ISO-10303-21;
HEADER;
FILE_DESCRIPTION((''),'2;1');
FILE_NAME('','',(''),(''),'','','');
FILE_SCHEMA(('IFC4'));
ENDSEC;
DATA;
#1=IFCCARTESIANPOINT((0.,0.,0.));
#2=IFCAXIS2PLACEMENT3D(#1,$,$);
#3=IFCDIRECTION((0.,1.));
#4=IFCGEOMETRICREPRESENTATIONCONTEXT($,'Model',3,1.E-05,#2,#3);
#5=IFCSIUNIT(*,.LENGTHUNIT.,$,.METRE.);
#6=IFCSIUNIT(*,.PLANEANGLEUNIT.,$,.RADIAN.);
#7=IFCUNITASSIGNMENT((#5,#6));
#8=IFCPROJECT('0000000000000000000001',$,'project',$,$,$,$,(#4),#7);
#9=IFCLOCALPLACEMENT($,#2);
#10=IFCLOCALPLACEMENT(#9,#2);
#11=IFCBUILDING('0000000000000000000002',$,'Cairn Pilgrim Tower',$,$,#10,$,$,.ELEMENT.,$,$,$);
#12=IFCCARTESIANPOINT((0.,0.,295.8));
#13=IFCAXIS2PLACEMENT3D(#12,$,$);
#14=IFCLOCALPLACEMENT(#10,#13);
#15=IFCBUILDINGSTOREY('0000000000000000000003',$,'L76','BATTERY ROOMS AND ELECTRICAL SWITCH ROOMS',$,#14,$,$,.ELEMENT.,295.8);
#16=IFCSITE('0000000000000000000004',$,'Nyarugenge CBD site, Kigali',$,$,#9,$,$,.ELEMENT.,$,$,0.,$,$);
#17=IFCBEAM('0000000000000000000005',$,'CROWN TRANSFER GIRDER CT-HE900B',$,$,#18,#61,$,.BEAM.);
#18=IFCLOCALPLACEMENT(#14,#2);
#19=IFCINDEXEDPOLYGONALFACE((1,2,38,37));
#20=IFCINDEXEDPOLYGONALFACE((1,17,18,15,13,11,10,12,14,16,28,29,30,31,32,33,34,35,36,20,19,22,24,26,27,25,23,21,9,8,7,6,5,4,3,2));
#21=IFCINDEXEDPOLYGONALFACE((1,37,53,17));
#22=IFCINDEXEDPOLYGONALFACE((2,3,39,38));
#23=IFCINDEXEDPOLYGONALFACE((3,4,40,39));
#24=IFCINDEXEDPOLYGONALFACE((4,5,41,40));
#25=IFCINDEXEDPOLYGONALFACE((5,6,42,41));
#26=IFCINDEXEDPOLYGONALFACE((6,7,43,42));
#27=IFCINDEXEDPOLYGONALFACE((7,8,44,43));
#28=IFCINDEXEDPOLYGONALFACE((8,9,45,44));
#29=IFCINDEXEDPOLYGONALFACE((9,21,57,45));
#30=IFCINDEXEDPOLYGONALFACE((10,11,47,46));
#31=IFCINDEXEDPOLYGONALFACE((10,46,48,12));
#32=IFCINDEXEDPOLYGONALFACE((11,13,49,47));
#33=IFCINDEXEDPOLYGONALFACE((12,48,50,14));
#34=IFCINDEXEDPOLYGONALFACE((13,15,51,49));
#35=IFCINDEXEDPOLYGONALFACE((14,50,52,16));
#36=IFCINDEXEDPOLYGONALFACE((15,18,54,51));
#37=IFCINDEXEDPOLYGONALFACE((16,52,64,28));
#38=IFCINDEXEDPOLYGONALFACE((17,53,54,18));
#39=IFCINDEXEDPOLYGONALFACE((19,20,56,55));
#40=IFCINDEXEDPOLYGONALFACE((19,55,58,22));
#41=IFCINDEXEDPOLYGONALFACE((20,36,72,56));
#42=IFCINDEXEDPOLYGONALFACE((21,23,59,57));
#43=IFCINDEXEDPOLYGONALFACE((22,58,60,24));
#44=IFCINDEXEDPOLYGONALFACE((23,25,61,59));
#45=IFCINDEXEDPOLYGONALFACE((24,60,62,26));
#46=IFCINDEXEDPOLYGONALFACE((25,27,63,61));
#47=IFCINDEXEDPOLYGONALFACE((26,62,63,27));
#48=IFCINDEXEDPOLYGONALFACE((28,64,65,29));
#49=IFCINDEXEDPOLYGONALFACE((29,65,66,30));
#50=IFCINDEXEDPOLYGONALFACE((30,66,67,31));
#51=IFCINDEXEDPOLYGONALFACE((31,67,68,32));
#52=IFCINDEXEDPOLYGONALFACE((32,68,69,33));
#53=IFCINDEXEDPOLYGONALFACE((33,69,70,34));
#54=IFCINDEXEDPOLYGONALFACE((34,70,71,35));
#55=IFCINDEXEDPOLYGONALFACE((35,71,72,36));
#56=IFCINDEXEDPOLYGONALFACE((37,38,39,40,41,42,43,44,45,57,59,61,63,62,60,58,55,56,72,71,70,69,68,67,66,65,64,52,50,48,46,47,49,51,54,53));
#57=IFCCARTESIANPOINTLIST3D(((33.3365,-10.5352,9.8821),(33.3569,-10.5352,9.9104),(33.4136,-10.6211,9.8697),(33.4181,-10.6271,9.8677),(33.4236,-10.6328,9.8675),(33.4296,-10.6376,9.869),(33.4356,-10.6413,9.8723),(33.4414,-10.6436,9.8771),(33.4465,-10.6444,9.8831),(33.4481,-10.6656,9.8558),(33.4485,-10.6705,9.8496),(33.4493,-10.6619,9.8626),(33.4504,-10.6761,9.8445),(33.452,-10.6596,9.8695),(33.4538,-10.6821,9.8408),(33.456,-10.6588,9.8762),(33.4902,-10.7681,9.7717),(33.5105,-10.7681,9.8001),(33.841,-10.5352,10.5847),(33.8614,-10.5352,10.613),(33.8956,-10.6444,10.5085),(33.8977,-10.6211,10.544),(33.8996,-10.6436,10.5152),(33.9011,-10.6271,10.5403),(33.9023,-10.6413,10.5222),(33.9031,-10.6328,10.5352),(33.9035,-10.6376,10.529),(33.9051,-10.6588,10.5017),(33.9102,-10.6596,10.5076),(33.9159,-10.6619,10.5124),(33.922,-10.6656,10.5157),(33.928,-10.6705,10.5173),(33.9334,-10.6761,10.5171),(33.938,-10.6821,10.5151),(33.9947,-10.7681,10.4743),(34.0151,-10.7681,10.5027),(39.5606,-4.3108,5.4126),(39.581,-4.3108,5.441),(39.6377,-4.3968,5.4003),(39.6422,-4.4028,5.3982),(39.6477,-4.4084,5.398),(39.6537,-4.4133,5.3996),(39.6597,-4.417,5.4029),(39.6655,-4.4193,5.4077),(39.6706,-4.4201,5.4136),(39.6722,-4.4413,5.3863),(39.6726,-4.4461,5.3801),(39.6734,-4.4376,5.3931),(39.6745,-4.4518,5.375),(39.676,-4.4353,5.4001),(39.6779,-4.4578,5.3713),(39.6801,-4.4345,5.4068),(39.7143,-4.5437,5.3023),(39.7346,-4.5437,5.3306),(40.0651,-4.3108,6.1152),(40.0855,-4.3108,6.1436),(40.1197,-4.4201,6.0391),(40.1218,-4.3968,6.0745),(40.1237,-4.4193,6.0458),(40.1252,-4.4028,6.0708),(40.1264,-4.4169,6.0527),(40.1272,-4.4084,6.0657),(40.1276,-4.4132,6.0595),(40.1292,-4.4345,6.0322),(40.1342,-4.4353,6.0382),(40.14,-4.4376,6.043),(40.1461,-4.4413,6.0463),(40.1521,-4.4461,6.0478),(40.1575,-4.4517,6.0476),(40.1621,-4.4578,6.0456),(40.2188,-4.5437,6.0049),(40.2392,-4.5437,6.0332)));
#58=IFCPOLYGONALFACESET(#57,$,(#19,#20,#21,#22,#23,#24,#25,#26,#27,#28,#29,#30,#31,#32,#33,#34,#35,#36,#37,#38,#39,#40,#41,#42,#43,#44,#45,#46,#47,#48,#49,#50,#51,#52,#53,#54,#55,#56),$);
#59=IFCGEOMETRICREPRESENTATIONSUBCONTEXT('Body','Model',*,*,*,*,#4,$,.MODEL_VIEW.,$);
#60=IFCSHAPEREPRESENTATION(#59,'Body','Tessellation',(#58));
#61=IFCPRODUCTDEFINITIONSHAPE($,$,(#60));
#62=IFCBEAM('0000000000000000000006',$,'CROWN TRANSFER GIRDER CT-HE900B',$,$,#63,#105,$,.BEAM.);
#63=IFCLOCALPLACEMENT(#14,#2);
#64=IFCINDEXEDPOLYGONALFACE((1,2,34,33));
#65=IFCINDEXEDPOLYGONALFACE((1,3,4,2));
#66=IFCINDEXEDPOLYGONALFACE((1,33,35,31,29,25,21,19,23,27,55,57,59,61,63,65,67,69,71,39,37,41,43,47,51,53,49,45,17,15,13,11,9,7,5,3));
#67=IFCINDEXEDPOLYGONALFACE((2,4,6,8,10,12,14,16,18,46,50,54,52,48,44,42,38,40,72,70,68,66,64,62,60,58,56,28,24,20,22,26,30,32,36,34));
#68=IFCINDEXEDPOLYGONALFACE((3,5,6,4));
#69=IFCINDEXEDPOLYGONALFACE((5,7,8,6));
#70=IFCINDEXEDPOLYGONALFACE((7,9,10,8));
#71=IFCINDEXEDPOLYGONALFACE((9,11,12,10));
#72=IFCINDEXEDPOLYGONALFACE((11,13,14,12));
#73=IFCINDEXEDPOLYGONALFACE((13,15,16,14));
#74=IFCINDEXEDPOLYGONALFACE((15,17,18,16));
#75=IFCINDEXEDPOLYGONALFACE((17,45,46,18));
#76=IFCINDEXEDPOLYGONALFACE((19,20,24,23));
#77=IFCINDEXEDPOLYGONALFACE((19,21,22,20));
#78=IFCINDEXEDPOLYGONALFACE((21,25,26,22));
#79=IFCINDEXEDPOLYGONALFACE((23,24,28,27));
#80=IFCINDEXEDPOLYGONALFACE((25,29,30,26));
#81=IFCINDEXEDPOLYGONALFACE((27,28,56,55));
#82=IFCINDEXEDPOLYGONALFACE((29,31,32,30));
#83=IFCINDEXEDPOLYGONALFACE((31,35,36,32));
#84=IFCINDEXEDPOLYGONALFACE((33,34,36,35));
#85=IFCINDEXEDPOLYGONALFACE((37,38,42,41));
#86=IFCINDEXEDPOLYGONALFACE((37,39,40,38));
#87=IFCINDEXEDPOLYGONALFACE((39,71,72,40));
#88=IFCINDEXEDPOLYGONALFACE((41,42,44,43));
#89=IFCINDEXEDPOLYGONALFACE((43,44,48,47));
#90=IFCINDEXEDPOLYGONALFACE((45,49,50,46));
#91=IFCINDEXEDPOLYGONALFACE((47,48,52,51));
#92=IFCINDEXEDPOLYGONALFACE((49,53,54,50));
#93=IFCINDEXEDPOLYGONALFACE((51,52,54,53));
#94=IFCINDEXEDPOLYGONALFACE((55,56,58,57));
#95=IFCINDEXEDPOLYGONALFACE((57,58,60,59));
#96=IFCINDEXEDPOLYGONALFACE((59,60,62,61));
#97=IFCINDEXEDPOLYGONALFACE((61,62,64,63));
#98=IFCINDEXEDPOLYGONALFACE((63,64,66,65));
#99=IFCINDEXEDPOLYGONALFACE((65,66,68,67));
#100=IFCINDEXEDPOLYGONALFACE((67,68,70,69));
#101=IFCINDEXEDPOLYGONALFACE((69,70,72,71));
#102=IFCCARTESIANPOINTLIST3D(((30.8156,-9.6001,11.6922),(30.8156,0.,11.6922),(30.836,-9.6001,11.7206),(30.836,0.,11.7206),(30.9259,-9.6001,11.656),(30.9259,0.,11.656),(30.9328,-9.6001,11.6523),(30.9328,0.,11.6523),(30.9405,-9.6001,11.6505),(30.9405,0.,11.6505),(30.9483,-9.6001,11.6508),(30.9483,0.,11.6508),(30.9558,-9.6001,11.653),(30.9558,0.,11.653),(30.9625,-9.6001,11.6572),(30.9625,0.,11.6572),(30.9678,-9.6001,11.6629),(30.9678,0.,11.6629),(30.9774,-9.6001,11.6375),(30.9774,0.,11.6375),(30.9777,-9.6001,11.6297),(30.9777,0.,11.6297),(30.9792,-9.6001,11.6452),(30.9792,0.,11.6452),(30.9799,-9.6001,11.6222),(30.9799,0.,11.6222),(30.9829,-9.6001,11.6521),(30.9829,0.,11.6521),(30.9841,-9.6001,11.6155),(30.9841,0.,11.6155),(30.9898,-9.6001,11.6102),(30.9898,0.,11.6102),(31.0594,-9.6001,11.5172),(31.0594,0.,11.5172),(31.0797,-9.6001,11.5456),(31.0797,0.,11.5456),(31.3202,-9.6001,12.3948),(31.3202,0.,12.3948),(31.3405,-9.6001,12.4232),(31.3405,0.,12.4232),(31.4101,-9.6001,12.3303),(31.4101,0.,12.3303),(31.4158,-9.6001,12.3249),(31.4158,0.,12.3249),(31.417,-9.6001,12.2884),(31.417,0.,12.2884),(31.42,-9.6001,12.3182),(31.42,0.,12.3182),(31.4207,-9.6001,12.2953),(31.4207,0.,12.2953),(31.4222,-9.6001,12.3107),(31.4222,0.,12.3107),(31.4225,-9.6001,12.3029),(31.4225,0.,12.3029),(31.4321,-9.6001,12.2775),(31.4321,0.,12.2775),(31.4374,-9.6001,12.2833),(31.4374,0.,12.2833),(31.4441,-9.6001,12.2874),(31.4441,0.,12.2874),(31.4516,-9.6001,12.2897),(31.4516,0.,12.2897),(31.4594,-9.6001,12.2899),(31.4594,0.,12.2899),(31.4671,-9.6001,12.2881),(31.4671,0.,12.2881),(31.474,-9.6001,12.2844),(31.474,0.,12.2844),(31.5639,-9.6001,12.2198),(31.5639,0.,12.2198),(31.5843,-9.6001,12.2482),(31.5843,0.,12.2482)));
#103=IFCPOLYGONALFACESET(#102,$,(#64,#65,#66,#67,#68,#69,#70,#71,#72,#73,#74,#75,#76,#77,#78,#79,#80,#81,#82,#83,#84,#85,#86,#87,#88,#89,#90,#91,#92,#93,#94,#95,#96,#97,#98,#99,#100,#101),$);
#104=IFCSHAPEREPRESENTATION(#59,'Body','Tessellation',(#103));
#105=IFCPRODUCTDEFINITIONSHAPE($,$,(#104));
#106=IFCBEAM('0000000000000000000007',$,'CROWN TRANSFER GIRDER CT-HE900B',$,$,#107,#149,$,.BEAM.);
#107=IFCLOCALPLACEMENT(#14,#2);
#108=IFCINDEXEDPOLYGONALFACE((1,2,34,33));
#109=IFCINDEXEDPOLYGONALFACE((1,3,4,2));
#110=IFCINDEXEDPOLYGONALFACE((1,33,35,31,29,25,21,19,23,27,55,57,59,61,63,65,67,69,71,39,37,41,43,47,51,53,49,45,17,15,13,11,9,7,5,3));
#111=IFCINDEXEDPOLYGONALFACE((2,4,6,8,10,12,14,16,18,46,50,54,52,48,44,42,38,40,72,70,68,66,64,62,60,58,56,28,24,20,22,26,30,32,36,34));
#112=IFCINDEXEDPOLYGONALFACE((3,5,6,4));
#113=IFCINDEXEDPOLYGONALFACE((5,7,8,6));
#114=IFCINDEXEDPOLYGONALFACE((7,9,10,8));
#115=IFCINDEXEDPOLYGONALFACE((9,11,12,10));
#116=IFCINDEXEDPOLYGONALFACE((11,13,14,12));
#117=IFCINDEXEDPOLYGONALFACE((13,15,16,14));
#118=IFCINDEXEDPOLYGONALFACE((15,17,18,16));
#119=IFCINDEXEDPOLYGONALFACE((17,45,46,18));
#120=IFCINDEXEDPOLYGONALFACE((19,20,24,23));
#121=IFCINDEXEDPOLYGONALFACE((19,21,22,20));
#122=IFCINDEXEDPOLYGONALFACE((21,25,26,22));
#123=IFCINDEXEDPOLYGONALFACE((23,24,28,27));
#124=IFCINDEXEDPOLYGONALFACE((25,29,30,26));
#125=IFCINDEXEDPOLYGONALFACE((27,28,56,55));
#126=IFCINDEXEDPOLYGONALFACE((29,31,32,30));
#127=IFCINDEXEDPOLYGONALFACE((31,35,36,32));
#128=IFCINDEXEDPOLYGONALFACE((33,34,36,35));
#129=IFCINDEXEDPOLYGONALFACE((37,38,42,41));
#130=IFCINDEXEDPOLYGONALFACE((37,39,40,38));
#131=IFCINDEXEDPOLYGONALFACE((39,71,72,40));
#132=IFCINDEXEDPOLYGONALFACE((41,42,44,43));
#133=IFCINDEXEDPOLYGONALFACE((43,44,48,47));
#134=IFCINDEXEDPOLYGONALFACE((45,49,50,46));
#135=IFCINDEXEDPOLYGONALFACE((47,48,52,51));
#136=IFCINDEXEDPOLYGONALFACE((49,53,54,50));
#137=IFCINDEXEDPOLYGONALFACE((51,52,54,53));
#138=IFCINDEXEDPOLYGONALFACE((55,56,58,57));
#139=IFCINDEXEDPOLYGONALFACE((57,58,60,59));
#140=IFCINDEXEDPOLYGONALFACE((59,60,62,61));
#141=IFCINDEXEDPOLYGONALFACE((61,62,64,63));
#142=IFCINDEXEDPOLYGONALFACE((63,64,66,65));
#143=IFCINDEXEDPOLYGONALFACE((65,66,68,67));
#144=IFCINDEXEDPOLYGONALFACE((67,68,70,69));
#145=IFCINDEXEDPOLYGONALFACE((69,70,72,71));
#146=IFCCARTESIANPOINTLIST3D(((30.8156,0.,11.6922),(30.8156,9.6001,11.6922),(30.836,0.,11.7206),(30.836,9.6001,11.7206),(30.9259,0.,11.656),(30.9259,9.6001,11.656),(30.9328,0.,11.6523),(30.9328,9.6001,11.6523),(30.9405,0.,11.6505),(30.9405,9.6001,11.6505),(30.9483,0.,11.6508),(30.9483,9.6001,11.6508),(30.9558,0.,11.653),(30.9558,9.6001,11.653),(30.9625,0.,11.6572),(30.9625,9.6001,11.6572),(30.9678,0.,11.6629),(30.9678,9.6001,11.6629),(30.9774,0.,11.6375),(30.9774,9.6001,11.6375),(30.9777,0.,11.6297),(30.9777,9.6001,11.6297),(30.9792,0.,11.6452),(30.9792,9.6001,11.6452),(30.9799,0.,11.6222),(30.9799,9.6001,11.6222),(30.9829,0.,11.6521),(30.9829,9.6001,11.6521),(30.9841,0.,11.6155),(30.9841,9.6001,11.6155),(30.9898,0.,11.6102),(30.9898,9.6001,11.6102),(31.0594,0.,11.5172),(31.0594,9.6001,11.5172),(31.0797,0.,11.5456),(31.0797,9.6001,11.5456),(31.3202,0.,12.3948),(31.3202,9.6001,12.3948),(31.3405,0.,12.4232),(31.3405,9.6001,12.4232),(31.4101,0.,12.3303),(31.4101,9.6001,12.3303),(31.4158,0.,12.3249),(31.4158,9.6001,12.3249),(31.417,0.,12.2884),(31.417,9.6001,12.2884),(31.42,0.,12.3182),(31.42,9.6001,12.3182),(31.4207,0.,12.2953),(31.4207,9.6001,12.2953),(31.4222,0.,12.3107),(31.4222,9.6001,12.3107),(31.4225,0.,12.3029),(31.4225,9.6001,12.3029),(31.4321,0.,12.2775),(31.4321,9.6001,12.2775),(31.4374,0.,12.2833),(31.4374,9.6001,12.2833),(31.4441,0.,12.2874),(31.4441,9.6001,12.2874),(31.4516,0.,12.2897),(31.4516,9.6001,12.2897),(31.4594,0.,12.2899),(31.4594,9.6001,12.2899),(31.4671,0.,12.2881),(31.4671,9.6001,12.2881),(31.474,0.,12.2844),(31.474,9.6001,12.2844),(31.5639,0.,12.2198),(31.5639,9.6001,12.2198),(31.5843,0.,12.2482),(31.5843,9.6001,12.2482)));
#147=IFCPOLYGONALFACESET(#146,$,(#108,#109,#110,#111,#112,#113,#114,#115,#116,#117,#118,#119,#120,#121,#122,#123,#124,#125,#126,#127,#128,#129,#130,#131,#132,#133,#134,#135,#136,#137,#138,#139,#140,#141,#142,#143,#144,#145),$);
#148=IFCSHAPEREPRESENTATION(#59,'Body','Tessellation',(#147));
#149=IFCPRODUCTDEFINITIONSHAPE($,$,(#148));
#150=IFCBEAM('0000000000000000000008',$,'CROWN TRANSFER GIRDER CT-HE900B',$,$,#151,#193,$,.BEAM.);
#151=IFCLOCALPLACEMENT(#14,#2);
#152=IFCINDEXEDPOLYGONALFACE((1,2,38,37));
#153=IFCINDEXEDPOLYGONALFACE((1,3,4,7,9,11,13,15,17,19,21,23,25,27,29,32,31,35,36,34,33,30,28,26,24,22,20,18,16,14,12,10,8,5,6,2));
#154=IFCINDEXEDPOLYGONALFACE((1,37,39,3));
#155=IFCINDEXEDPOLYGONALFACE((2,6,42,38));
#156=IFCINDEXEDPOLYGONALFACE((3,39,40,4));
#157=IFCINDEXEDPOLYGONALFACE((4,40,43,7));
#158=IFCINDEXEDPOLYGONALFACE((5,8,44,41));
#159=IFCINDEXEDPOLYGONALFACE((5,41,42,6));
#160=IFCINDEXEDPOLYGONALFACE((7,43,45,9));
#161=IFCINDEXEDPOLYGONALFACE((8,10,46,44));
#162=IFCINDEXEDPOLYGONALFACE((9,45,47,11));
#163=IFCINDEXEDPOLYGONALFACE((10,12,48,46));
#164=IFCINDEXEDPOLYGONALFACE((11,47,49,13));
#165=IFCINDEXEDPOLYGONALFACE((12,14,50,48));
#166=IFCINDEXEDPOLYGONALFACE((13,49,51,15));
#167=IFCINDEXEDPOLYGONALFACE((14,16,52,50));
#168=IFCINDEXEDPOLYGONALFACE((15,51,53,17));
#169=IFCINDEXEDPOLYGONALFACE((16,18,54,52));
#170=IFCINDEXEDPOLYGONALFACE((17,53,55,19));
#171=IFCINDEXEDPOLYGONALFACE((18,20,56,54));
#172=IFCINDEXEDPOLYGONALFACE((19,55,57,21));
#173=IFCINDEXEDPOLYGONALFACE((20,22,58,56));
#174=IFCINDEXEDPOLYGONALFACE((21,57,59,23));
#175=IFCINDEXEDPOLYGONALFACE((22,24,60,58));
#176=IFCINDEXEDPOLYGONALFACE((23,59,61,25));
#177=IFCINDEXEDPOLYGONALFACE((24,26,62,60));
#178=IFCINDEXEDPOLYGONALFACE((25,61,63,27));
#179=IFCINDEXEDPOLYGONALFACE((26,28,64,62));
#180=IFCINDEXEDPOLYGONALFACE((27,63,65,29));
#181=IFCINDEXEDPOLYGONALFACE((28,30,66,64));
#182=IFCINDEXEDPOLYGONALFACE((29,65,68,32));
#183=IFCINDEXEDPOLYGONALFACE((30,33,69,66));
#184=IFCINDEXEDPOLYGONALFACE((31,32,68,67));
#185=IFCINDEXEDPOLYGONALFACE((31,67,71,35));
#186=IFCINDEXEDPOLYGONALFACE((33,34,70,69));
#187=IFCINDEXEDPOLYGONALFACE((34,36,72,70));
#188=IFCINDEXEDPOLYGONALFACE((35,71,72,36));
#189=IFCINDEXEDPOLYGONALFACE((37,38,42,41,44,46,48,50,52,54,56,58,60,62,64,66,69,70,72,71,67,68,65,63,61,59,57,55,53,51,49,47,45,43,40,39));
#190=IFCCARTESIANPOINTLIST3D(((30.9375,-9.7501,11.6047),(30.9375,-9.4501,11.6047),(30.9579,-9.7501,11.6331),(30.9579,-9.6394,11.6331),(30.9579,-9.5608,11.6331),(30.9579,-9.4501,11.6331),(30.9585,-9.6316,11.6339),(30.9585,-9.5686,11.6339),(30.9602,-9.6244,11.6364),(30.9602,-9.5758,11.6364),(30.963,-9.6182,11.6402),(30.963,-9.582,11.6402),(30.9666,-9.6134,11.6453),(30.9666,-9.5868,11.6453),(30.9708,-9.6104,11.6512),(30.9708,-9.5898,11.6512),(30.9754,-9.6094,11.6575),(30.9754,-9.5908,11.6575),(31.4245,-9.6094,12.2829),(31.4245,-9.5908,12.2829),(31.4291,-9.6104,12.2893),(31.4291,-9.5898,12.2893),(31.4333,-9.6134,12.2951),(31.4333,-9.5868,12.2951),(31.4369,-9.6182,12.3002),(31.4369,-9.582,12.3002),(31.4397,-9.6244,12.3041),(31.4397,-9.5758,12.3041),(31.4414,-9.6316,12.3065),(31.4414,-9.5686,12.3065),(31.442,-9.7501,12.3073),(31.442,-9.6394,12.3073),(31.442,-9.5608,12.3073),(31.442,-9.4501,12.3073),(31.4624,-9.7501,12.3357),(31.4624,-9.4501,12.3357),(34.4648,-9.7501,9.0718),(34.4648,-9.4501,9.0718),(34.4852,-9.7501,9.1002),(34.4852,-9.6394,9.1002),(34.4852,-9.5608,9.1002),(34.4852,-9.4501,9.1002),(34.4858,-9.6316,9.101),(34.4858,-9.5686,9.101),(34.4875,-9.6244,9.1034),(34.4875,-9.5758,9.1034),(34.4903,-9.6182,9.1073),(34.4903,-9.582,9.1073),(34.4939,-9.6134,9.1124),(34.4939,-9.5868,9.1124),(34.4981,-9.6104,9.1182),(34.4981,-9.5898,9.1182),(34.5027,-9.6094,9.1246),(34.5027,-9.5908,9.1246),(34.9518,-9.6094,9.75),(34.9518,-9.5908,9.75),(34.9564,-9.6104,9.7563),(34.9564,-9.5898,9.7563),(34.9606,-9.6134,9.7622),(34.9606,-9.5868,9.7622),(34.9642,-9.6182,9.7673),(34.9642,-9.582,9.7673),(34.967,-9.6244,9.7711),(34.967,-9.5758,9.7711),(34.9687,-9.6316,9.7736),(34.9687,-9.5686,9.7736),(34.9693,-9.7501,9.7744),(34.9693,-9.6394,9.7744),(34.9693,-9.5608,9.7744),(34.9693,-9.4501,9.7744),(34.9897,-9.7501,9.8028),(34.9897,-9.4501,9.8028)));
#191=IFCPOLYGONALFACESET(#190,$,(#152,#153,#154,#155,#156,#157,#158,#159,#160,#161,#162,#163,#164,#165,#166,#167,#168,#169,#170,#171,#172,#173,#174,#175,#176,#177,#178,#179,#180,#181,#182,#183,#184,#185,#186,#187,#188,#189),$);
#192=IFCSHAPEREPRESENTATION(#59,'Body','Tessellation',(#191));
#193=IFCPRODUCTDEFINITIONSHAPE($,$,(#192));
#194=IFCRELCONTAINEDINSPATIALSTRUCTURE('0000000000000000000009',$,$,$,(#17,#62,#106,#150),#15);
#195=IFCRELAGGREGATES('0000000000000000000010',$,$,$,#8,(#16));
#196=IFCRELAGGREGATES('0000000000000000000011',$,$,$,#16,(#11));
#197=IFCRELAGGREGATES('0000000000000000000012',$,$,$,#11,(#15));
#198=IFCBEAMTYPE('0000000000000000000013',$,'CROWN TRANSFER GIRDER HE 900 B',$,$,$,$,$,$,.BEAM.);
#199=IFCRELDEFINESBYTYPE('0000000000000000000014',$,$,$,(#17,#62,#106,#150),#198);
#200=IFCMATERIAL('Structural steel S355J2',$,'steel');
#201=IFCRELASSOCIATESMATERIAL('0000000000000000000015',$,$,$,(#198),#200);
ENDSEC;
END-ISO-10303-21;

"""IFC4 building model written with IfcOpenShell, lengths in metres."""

from ifc_helpers import new_model, si_unit, direction, frame, origin, origin_2d, place, context, subcontext, project, spatial, i_section, extrude, material, material_profile, profile_set, type_object, element, save


model = new_model("IFC4")

# Units and contexts
model_context = context("Model", 3, precision=1e-05, world=origin(), true_north=direction((0.0, 1.0)))
body_context = subcontext(model_context, "Body", "Model", "MODEL_VIEW")
ifc_project = project(units=[si_unit("LENGTHUNIT", "METRE"), si_unit("PLANEANGLEUNIT", "RADIAN")], contexts=[model_context])

# Site, building, storey
site_placement = place(None, origin())
site = spatial("IfcSite", under=ifc_project, at=site_placement, Name="Nyarugenge CBD site, Kigali", CompositionType="ELEMENT", RefElevation=0.0)
building_placement = place(site_placement, origin())
building = spatial("IfcBuilding", under=site, at=building_placement, Name="Cairn Pilgrim Tower", CompositionType="ELEMENT")
storey_placement = place(building_placement, frame((0.0, 0.0, 295.8)))
storey = spatial("IfcBuildingStorey", under=building, at=storey_placement, Name="L76", Description="BATTERY ROOMS AND ELECTRICAL SWITCH ROOMS", CompositionType="ELEMENT", Elevation=295.8)

# Beams
ifc_material_1 = material(Name="Structural steel S355J2", Category="steel")
ifc_material_profile_1 = material_profile(ifc_material_1, i_section(OverallWidth=0.3, OverallDepth=0.8999, WebThickness=0.0186, FlangeThickness=0.0349, FilletRadius=0.03, at=origin_2d()), Name="HEB 900")
ifc_profile_set_1 = profile_set([ifc_material_profile_1], Name="Structural steel S355J2")
beam_type_1 = type_object("IfcBeamType", Name="CROWN TRANSFER GIRDER HE 900 B", PredefinedType="BEAM", material=ifc_profile_set_1)
beam_1_placement = place(storey_placement, frame((33.6758, -10.6516, 10.1924), z_axis=(0.630475, 0.6305, -0.452738), x_axis=(-0.512142, 0.77619, 0.367751)))
element("IfcBeam", 1, at=beam_1_placement, inside=storey, type_object=beam_type_1, Name="CROWN TRANSFER GIRDER CT-HE900B", PredefinedType="BEAM", context=body_context, shape_type="SweptSolid", body=[
    extrude(i_section(OverallWidth=0.3, OverallDepth=0.8999, WebThickness=0.0186, FlangeThickness=0.0349, FilletRadius=0.03, at=origin_2d()), origin(), (0.0, 0.0, 1.0), 9.8721),
])
for number, where, z_axis, x_axis, name in (
    (2, (31.2, -9.6001, 11.9702), (0.0, 1.0, 0.0), (-0.812271, 0.0, 0.58328), "CROWN TRANSFER GIRDER CT-HE900B"),
    (3, (31.2, 0.0, 11.9702), (0.0, 1.0, 0.0), (-0.812271, 0.0, 0.58328), "CROWN TRANSFER GIRDER CT-HE900B"),
):
    element("IfcBeam", number, at=place(storey_placement, frame(where, z_axis=z_axis, x_axis=x_axis)), inside=storey, type_object=beam_type_1, Name=name, PredefinedType="BEAM", context=body_context, shape_type="SweptSolid", body=[
        extrude(i_section(OverallWidth=0.3, OverallDepth=0.8999, WebThickness=0.0186, FlangeThickness=0.0349, FilletRadius=0.03, at=origin_2d()), origin(), (0.0, 0.0, 1.0), 9.6001),
    ])
beam_2_placement = place(storey_placement, frame((31.2, -9.6001, 11.9702), z_axis=(0.812268, 0.0, -0.583284), x_axis=(0.0, 1.0, 0.0)))
element("IfcBeam", 4, at=beam_2_placement, inside=storey, type_object=beam_type_1, Name="CROWN TRANSFER GIRDER CT-HE900B", PredefinedType="BEAM", context=body_context, shape_type="SweptSolid", body=[
    extrude(i_section(OverallWidth=0.3, OverallDepth=0.8999, WebThickness=0.0186, FlangeThickness=0.0349, FilletRadius=0.03, at=origin_2d()), origin(), (0.0, 0.0, 1.0), 4.3425),
])

save(model, "model.ifc")
